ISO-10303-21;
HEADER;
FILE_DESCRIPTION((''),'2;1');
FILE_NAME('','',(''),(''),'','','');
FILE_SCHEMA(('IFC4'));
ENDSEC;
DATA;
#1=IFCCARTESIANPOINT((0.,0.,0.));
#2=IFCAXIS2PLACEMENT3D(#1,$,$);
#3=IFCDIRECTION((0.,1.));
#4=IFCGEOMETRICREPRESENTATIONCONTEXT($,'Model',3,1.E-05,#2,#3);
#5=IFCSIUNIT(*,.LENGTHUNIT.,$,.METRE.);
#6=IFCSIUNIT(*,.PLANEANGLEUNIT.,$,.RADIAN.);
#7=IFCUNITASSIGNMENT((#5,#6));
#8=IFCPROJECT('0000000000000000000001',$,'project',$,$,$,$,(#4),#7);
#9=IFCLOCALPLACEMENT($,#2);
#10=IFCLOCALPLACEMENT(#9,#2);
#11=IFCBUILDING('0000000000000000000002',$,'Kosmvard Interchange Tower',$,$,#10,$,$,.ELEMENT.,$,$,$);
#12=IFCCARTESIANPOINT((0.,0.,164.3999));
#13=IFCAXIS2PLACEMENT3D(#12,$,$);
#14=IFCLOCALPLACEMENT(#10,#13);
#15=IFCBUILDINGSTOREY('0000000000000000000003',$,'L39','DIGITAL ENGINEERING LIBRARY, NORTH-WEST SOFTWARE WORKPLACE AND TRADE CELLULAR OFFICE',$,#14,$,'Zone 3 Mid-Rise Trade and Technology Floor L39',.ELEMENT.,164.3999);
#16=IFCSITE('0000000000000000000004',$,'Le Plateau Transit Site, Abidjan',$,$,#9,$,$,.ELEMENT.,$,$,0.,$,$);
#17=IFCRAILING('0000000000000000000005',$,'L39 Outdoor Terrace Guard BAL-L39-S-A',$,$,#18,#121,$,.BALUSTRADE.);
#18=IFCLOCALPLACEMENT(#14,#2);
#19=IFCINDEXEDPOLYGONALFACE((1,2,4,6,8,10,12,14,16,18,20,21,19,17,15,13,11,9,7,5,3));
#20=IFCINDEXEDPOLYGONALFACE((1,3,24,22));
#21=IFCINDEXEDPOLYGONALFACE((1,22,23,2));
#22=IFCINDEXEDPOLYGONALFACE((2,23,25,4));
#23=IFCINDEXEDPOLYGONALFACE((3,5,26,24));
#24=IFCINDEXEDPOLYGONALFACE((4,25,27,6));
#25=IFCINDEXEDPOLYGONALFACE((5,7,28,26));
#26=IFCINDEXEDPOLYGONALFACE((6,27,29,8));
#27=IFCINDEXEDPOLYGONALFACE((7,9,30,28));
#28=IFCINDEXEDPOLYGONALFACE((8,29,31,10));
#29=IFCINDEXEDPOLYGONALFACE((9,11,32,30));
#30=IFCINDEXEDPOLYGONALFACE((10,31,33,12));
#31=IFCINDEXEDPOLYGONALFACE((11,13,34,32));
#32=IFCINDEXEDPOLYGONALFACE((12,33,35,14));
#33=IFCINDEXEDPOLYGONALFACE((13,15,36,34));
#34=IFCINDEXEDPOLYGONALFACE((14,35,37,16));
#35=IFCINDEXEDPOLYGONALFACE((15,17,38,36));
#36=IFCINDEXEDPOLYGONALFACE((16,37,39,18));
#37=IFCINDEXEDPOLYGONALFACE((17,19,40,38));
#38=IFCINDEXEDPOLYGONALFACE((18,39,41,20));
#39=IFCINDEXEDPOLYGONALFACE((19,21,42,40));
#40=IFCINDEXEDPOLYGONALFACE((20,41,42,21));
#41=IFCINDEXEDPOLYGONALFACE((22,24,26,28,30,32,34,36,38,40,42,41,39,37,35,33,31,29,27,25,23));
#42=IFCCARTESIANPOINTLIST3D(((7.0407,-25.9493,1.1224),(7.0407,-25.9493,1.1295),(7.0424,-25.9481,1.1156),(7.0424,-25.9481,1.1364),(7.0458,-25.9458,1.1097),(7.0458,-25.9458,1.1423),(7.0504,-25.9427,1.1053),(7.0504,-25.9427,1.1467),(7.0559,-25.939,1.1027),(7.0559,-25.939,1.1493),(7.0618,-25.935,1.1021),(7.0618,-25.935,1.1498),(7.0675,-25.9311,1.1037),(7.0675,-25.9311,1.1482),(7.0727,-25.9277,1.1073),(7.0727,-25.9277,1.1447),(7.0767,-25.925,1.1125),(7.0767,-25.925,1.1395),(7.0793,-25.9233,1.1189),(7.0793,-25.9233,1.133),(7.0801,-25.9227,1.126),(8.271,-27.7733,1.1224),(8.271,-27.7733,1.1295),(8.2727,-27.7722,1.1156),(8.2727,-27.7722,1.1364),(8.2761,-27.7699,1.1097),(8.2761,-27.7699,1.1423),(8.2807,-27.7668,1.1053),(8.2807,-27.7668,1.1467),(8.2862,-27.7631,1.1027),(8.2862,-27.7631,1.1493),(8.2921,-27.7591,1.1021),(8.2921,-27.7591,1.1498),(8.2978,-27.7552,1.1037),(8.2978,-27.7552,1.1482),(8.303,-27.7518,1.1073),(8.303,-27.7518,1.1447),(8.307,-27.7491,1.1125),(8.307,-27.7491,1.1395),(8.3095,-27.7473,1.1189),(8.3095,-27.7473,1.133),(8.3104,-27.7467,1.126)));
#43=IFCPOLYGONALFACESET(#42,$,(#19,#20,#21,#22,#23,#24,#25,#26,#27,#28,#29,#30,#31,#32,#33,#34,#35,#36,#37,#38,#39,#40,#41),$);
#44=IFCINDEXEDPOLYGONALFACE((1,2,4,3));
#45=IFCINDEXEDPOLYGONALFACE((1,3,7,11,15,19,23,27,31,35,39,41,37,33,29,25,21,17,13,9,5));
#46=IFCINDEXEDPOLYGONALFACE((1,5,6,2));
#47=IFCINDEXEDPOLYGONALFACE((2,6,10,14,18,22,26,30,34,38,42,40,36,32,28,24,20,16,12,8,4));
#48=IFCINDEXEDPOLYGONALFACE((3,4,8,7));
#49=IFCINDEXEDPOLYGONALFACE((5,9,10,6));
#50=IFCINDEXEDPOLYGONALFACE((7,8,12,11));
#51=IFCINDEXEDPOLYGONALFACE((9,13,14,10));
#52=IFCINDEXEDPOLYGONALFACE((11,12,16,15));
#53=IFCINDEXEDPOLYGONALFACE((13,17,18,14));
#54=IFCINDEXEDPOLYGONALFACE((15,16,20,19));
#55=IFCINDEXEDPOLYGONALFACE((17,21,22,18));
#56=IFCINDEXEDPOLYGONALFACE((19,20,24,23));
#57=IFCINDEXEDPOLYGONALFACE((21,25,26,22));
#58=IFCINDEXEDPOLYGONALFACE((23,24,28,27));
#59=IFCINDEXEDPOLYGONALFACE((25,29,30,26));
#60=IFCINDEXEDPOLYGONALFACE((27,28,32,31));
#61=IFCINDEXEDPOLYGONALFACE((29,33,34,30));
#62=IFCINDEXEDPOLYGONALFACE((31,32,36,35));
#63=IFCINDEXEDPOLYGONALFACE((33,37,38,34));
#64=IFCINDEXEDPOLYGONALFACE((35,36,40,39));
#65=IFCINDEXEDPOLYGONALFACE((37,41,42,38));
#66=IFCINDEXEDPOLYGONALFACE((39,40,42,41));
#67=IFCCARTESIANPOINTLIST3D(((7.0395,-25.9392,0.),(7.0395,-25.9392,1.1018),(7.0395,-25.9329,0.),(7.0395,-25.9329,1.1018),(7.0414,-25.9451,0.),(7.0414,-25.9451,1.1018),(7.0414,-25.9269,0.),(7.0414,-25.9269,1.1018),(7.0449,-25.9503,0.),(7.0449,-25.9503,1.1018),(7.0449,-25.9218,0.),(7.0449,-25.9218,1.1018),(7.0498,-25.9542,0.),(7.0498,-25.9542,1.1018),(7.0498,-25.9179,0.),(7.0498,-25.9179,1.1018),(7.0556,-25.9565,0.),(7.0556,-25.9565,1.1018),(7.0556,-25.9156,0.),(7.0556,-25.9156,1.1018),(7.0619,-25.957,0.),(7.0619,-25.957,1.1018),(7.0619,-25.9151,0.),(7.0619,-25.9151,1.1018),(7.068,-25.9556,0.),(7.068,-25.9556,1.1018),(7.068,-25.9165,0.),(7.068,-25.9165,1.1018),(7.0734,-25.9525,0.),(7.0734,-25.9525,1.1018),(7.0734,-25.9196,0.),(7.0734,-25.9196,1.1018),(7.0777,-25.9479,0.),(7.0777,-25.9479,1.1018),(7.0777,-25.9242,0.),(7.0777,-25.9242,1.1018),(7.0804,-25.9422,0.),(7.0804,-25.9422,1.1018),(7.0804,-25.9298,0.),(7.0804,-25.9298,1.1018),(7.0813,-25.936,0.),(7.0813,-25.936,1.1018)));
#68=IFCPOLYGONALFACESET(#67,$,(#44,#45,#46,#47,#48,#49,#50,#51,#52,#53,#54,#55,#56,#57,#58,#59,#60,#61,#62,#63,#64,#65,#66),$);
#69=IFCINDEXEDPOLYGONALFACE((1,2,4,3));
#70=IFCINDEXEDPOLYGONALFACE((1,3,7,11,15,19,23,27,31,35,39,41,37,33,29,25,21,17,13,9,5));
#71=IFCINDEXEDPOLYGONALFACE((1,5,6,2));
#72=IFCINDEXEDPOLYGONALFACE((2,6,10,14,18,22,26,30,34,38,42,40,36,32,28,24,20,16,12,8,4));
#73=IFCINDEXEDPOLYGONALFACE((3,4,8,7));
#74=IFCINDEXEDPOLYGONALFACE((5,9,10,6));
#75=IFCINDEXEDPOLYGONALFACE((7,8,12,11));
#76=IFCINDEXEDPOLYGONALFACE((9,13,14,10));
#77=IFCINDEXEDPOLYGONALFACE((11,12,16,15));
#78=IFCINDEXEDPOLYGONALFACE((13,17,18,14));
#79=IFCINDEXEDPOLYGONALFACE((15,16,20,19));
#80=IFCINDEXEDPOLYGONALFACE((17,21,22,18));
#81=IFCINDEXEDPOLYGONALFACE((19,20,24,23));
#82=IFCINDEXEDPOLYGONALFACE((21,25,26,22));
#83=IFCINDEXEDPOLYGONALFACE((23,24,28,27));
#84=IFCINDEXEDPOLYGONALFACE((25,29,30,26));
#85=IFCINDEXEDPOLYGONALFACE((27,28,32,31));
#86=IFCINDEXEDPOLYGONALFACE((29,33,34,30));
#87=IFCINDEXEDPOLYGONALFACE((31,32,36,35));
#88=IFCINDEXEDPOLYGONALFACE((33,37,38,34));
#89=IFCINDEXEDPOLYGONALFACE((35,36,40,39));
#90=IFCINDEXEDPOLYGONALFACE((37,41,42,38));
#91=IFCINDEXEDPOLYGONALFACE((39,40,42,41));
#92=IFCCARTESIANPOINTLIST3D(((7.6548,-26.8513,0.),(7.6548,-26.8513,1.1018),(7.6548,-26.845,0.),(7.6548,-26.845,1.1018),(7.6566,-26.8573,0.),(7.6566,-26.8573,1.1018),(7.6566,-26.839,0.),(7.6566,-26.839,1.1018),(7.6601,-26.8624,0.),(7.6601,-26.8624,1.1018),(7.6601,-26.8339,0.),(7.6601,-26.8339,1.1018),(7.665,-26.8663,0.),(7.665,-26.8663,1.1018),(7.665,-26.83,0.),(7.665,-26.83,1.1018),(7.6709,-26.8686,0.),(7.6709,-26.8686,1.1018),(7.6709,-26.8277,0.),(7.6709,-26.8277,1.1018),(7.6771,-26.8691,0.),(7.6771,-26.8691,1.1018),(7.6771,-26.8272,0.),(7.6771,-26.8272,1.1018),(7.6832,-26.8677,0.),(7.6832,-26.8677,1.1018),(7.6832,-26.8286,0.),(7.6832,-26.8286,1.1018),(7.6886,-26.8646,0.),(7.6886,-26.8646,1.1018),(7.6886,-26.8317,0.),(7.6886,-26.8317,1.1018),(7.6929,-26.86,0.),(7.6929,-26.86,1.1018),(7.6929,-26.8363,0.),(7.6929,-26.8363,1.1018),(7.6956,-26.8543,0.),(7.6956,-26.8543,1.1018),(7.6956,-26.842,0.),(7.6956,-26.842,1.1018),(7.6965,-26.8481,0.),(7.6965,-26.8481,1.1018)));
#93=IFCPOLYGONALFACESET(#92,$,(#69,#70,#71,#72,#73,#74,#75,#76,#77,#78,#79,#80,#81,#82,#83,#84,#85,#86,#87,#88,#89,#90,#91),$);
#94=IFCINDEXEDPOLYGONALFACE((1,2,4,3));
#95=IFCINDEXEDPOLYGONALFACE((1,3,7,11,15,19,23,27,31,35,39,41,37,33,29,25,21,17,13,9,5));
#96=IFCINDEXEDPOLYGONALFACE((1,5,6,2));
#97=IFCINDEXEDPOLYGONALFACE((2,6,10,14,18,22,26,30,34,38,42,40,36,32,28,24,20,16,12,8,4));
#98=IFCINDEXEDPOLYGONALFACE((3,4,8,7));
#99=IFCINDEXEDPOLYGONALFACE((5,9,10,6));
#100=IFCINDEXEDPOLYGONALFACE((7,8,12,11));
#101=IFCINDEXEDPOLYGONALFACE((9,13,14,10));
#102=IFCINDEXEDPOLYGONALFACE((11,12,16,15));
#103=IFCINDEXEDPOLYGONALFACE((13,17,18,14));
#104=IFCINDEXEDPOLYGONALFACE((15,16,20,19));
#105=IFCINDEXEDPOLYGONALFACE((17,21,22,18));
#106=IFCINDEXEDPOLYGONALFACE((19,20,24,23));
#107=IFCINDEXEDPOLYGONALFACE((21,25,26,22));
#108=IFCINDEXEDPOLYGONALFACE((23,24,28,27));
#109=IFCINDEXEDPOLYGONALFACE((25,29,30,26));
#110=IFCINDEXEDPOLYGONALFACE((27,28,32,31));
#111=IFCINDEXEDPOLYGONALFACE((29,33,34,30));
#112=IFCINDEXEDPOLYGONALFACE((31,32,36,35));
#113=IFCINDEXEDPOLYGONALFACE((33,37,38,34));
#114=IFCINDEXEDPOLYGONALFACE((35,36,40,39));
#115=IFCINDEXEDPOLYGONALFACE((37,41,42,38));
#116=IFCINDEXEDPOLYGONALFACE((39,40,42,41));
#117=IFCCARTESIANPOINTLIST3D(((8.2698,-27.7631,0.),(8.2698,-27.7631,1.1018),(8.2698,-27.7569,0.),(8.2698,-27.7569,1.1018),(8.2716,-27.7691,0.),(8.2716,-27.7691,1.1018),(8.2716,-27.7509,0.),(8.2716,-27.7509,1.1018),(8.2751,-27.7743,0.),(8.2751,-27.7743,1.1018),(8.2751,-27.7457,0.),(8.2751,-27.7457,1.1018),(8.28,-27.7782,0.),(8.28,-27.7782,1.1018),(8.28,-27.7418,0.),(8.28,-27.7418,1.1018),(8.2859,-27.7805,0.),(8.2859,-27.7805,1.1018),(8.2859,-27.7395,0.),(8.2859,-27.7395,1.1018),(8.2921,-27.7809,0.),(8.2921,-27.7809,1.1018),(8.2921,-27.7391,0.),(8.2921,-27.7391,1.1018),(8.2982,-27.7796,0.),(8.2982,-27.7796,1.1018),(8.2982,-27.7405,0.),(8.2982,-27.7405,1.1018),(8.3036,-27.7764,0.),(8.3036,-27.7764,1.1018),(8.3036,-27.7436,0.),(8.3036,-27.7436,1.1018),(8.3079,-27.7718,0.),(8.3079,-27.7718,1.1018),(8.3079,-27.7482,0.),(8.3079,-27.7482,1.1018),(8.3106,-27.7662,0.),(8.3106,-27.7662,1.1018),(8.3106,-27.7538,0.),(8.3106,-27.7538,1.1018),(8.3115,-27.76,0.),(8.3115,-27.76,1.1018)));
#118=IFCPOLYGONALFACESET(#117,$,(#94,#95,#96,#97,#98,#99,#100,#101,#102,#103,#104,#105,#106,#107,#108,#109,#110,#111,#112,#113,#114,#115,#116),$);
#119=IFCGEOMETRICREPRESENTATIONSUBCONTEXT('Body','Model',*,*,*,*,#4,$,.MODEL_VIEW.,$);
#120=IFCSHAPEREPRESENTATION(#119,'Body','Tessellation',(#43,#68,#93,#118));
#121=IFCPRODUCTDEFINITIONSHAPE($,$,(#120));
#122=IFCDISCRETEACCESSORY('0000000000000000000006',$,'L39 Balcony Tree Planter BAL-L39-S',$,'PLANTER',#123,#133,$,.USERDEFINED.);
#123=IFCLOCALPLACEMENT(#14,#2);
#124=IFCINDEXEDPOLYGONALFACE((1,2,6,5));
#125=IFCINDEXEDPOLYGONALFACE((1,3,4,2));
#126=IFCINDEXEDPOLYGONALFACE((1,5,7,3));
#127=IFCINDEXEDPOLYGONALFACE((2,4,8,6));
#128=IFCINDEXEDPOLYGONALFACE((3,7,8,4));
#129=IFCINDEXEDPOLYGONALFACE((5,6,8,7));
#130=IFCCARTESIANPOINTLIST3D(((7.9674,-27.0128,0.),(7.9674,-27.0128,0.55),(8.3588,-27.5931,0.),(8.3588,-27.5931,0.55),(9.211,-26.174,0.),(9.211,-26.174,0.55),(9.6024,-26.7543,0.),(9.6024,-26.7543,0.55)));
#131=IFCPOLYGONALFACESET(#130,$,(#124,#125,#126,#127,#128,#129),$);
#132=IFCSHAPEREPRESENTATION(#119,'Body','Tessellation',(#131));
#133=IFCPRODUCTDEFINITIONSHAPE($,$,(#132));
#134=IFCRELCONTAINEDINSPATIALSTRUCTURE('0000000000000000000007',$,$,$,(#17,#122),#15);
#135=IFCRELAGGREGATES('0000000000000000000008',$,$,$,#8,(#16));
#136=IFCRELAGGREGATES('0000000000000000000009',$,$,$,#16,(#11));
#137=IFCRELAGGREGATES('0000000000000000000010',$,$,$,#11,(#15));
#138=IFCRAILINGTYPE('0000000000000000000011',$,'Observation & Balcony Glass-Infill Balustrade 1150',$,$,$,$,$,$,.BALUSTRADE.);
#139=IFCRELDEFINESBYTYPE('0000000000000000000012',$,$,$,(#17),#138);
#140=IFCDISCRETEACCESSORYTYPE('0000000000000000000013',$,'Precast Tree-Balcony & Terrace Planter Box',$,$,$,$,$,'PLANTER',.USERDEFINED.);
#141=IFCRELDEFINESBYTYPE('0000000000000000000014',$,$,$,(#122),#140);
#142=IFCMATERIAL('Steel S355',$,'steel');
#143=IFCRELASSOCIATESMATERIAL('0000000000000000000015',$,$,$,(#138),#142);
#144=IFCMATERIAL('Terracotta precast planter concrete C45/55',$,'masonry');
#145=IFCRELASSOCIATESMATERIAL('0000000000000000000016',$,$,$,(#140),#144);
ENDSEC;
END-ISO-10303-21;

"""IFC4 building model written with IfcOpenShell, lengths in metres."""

from ifc_helpers import new_model, si_unit, direction, frame, origin, origin_2d, place, context, subcontext, project, spatial, rectangle, circle, extrude, source, transform, mapped, material, type_object, element, save


model = new_model("IFC4")

# Units and contexts
model_context = context("Model", 3, precision=1e-05, world=origin(), true_north=direction((0.0, 1.0)))
body_context = subcontext(model_context, "Body", "Model", "MODEL_VIEW")
ifc_project = project(units=[si_unit("LENGTHUNIT", "METRE"), si_unit("PLANEANGLEUNIT", "RADIAN")], contexts=[model_context])

# Site, building, storey
site_placement = place(None, origin())
site = spatial("IfcSite", under=ifc_project, at=site_placement, Name="Le Plateau Transit Site, Abidjan", CompositionType="ELEMENT", RefElevation=0.0)
building_placement = place(site_placement, origin())
building = spatial("IfcBuilding", under=site, at=building_placement, Name="Kosmvard Interchange Tower", CompositionType="ELEMENT")
storey_placement = place(building_placement, frame((0.0, 0.0, 164.3999)))
storey = spatial("IfcBuildingStorey", under=building, at=storey_placement, Name="L39", Description="DIGITAL ENGINEERING LIBRARY, NORTH-WEST SOFTWARE WORKPLACE AND TRADE CELLULAR OFFICE", LongName="Zone 3 Mid-Rise Trade and Technology Floor L39", CompositionType="ELEMENT", Elevation=164.3999)

# Shared definitions
ifc_material_1 = material(Name="Steel S355", Category="steel")

# Railing
railing_type = type_object("IfcRailingType", Name="Observation & Balcony Glass-Infill Balustrade 1150", PredefinedType="BALUSTRADE", material=ifc_material_1)
shared_shape_1 = source(origin(), body_context, "Body", "SweptSolid", [
    extrude(circle(Radius=0.0239, at=origin_2d()), frame((0.0, 0.0, 1.126), z_axis=(0.559174, -0.829051, 0.0), x_axis=(0.829051, 0.559174, 0.0)), (0.0, 0.0, 1.0), 2.2002),
    extrude(circle(Radius=0.021, at=origin_2d()), origin(), (0.0, 0.0, 1.0), 1.1018),
    extrude(circle(Radius=0.021, at=origin_2d()), frame((0.6152, -0.9121, 0.0)), (0.0, 0.0, 1.0), 1.1018),
    extrude(circle(Radius=0.021, at=origin_2d()), frame((1.2302, -1.824, 0.0)), (0.0, 0.0, 1.0), 1.1018),
])
railing_1_placement = place(storey_placement, frame((7.0603, -25.936, 0.0)))
element("IfcRailing", 1, at=railing_1_placement, inside=storey, type_object=railing_type, Name="L39 Outdoor Terrace Guard BAL-L39-S-A", PredefinedType="BALUSTRADE", context=body_context, shape_type="MappedRepresentation", body=[
    mapped(shared_shape_1, transform((0.0, 0.0, 0.0), scale=1.0)),
])

# Discrete accessory
ifc_material_2 = material(Name="Terracotta precast planter concrete C45/55", Category="masonry")
discrete_accessory_type = type_object("IfcDiscreteAccessoryType", Name="Precast Tree-Balcony & Terrace Planter Box", ElementType="PLANTER", PredefinedType="USERDEFINED", material=ifc_material_2)
shared_shape_2 = source(origin(), body_context, "Body", "SweptSolid", [
    extrude(rectangle(XDim=1.5, YDim=0.7, at=origin_2d()), origin(), (0.0, 0.0, 1.0), 0.55),
])
discrete_accessory_placement = place(storey_placement, frame((8.7849, -26.8835, 0.0), z_axis=(0.0, 0.0, 1.0), x_axis=(0.829038, 0.559193, 0.0)))
element("IfcDiscreteAccessory", 2, at=discrete_accessory_placement, inside=storey, type_object=discrete_accessory_type, Name="L39 Balcony Tree Planter BAL-L39-S", ObjectType="PLANTER", PredefinedType="USERDEFINED", context=body_context, shape_type="MappedRepresentation", body=[
    mapped(shared_shape_2, transform((0.0, 0.0, 0.0), scale=1.0)),
])

save(model, "model.ifc")
